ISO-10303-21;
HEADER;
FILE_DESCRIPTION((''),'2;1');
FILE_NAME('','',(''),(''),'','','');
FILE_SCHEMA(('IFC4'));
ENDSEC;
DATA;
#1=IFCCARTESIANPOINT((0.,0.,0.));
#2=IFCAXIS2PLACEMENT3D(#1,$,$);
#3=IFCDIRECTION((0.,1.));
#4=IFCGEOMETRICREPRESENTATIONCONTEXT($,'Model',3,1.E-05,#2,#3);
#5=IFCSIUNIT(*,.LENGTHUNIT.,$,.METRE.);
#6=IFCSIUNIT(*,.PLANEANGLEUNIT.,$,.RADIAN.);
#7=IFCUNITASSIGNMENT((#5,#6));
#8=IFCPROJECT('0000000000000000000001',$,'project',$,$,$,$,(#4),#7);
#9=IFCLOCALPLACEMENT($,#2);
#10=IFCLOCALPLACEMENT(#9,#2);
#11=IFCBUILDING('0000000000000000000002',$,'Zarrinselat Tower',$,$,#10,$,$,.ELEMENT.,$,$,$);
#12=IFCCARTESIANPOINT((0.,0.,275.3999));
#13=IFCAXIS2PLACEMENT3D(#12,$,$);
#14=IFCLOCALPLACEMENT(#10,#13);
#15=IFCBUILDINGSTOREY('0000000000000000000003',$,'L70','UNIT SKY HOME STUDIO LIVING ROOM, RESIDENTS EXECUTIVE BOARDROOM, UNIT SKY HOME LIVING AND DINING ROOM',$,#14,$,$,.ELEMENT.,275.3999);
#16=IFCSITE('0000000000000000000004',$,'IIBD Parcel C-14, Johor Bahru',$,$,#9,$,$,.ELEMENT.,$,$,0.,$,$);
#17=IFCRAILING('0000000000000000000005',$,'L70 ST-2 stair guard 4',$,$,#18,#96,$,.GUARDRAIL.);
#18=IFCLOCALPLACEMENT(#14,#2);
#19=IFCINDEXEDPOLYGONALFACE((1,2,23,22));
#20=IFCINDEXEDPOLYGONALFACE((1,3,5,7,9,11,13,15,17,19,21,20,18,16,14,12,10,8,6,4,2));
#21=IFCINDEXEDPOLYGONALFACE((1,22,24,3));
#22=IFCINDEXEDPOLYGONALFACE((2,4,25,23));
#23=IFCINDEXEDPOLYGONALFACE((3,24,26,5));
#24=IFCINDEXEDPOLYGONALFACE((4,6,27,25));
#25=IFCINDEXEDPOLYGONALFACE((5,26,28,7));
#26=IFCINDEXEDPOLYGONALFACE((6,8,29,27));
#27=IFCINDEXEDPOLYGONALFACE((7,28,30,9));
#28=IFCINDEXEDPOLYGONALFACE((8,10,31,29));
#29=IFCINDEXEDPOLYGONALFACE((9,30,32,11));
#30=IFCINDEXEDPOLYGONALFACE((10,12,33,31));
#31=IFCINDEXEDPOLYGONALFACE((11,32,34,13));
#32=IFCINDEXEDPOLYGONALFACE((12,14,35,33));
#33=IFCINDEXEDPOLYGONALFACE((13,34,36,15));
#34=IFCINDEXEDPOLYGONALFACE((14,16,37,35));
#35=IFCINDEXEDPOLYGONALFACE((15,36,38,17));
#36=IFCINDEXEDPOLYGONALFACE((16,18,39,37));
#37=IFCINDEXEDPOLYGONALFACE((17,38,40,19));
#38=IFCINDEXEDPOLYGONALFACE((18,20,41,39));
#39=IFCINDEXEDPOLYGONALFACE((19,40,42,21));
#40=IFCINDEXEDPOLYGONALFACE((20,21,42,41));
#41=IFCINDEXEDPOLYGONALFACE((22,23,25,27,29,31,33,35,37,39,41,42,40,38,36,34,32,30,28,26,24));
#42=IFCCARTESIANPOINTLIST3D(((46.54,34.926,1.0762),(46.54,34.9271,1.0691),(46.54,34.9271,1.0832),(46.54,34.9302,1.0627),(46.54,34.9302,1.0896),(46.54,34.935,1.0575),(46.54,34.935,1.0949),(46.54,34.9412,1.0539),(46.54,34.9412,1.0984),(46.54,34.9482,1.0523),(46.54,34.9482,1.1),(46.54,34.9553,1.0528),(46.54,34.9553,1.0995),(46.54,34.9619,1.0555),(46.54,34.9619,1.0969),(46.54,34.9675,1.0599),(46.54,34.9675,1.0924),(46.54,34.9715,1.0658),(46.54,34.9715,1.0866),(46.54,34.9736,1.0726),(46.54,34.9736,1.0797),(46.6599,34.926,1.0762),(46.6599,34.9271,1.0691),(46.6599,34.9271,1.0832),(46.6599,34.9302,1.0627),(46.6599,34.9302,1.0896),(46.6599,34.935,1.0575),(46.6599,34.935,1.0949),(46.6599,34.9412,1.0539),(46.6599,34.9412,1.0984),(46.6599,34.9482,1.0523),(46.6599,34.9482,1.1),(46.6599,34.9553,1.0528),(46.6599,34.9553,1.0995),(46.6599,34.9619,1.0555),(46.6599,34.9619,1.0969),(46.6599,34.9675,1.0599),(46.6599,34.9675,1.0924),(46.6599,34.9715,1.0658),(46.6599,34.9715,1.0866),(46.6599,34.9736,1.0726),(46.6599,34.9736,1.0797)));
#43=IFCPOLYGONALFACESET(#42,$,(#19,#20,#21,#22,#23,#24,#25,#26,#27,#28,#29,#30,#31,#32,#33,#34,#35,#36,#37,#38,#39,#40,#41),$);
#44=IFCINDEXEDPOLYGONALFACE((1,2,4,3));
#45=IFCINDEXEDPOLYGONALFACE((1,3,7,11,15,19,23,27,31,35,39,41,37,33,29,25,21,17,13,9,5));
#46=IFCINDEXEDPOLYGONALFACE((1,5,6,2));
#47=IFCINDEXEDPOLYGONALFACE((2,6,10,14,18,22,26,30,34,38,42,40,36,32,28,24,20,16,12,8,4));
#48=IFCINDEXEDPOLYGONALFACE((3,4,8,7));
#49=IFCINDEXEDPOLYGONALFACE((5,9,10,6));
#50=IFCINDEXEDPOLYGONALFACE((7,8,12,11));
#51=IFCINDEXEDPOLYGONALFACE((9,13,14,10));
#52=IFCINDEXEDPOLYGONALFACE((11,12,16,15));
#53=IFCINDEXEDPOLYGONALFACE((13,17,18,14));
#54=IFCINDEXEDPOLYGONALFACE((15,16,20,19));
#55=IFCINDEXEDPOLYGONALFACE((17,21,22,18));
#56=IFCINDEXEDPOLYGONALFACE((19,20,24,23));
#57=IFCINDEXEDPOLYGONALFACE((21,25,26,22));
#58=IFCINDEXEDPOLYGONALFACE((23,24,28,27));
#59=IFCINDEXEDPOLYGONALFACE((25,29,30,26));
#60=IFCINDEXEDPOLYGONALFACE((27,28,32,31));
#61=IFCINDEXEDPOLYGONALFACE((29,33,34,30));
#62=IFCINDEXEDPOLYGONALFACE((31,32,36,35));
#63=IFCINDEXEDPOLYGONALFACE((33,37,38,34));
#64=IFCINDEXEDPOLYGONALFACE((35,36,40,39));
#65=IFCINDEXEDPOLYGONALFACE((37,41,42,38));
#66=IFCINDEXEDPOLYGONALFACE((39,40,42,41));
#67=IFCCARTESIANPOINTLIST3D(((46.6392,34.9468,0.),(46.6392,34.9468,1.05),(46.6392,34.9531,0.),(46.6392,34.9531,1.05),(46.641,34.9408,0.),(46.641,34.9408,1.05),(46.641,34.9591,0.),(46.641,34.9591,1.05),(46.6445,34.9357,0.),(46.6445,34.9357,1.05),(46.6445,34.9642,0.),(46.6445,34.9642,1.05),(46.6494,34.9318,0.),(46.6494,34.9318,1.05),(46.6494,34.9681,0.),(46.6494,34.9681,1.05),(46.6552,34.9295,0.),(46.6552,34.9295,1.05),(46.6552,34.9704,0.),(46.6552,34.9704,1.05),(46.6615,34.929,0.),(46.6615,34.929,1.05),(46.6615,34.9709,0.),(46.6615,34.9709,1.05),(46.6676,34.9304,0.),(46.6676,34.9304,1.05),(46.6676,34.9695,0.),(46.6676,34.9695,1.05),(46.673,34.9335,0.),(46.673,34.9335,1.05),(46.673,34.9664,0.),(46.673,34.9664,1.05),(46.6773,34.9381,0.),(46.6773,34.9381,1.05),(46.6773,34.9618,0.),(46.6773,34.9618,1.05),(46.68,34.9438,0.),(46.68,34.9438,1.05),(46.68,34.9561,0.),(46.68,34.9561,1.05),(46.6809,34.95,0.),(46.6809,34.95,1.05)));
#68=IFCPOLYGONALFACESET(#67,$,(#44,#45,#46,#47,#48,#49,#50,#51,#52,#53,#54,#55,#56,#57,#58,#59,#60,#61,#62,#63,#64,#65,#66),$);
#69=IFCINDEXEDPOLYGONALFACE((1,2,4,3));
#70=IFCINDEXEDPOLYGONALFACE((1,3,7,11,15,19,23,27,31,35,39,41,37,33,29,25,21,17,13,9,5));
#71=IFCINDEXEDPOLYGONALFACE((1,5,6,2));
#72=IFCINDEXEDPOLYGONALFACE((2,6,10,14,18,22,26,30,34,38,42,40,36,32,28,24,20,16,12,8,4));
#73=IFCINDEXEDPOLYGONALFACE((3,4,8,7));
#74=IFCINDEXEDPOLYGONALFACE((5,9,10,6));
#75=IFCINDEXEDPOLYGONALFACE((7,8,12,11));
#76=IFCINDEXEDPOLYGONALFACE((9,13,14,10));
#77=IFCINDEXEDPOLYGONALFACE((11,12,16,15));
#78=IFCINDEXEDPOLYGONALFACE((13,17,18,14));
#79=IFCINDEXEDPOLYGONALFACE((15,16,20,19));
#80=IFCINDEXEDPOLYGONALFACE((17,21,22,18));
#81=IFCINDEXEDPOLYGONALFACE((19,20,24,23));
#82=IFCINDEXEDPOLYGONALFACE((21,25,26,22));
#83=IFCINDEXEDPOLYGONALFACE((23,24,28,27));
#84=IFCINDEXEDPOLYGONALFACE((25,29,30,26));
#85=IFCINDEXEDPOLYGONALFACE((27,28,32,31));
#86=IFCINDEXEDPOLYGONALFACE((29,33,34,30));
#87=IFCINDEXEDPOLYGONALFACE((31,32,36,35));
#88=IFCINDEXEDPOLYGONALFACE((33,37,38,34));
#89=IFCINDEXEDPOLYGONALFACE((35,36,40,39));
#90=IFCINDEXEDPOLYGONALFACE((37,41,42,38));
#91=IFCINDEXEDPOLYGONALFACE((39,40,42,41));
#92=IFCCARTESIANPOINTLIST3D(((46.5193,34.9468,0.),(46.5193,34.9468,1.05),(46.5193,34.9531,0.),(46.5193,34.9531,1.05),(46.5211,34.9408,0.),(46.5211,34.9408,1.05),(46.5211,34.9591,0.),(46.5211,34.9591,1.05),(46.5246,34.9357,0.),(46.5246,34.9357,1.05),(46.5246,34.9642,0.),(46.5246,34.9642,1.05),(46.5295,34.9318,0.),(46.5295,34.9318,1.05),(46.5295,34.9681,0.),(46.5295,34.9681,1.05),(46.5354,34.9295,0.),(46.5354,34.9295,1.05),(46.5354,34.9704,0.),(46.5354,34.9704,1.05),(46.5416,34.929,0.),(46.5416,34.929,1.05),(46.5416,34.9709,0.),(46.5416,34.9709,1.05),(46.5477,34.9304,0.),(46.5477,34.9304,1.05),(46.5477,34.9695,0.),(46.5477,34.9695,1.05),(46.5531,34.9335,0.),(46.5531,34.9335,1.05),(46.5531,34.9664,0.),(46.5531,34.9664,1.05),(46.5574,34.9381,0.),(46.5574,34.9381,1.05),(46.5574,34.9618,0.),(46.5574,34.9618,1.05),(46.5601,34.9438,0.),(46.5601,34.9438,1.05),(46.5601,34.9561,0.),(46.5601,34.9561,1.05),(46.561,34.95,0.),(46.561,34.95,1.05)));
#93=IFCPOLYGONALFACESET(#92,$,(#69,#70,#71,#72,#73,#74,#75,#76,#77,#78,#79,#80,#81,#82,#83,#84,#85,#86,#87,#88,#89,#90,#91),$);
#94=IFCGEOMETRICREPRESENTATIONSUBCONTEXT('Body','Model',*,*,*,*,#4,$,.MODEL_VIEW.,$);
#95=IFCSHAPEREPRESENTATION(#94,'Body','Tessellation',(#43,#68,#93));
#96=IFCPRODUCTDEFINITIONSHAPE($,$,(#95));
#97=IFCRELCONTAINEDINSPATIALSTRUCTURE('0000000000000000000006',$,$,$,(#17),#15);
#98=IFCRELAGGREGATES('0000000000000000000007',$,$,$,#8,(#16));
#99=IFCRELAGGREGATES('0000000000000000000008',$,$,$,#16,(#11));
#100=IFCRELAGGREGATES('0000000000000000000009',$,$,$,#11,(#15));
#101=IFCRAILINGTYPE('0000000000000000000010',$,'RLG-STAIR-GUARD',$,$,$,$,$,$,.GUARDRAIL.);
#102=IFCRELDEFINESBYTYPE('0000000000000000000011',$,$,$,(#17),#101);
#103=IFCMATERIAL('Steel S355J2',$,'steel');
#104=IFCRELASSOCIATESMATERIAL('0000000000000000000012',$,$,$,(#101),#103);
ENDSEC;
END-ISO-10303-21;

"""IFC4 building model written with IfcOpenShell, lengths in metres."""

from ifc_helpers import new_model, si_unit, direction, frame, origin, origin_2d, place, context, subcontext, project, spatial, circle, extrude, material, type_object, element, save


model = new_model("IFC4")

# Units and contexts
model_context = context("Model", 3, precision=1e-05, world=origin(), true_north=direction((0.0, 1.0)))
body_context = subcontext(model_context, "Body", "Model", "MODEL_VIEW")
ifc_project = project(units=[si_unit("LENGTHUNIT", "METRE"), si_unit("PLANEANGLEUNIT", "RADIAN")], contexts=[model_context])

# Site, building, storey
site_placement = place(None, origin())
site = spatial("IfcSite", under=ifc_project, at=site_placement, Name="IIBD Parcel C-14, Johor Bahru", CompositionType="ELEMENT", RefElevation=0.0)
building_placement = place(site_placement, origin())
building = spatial("IfcBuilding", under=site, at=building_placement, Name="Zarrinselat Tower", CompositionType="ELEMENT")
storey_placement = place(building_placement, frame((0.0, 0.0, 275.3999)))
storey = spatial("IfcBuildingStorey", under=building, at=storey_placement, Name="L70", Description="UNIT SKY HOME STUDIO LIVING ROOM, RESIDENTS EXECUTIVE BOARDROOM, UNIT SKY HOME LIVING AND DINING ROOM", CompositionType="ELEMENT", Elevation=275.3999)

# Railing
ifc_material_1 = material(Name="Steel S355J2", Category="steel")
railing_type_1 = type_object("IfcRailingType", Name="RLG-STAIR-GUARD", PredefinedType="GUARDRAIL", material=ifc_material_1)
railing_1_placement = place(storey_placement, frame((46.6599, 34.95, 0.0)))
element("IfcRailing", 1, at=railing_1_placement, inside=storey, type_object=railing_type_1, Name="L70 ST-2 stair guard 4", PredefinedType="GUARDRAIL", context=body_context, shape_type="SweptSolid", body=[
    extrude(circle(Radius=0.0239, at=origin_2d()), frame((0.0, 0.0, 1.0762), z_axis=(-1.0, 0.0, 0.0), x_axis=(0.0, -1.0, 0.0)), (0.0, 0.0, 1.0), 0.1199),
    extrude(circle(Radius=0.021, at=origin_2d()), origin(), (0.0, 0.0, 1.0), 1.05),
    extrude(circle(Radius=0.021, at=origin_2d()), frame((-0.1199, 0.0, 0.0)), (0.0, 0.0, 1.0), 1.05),
])

save(model, "model.ifc")
